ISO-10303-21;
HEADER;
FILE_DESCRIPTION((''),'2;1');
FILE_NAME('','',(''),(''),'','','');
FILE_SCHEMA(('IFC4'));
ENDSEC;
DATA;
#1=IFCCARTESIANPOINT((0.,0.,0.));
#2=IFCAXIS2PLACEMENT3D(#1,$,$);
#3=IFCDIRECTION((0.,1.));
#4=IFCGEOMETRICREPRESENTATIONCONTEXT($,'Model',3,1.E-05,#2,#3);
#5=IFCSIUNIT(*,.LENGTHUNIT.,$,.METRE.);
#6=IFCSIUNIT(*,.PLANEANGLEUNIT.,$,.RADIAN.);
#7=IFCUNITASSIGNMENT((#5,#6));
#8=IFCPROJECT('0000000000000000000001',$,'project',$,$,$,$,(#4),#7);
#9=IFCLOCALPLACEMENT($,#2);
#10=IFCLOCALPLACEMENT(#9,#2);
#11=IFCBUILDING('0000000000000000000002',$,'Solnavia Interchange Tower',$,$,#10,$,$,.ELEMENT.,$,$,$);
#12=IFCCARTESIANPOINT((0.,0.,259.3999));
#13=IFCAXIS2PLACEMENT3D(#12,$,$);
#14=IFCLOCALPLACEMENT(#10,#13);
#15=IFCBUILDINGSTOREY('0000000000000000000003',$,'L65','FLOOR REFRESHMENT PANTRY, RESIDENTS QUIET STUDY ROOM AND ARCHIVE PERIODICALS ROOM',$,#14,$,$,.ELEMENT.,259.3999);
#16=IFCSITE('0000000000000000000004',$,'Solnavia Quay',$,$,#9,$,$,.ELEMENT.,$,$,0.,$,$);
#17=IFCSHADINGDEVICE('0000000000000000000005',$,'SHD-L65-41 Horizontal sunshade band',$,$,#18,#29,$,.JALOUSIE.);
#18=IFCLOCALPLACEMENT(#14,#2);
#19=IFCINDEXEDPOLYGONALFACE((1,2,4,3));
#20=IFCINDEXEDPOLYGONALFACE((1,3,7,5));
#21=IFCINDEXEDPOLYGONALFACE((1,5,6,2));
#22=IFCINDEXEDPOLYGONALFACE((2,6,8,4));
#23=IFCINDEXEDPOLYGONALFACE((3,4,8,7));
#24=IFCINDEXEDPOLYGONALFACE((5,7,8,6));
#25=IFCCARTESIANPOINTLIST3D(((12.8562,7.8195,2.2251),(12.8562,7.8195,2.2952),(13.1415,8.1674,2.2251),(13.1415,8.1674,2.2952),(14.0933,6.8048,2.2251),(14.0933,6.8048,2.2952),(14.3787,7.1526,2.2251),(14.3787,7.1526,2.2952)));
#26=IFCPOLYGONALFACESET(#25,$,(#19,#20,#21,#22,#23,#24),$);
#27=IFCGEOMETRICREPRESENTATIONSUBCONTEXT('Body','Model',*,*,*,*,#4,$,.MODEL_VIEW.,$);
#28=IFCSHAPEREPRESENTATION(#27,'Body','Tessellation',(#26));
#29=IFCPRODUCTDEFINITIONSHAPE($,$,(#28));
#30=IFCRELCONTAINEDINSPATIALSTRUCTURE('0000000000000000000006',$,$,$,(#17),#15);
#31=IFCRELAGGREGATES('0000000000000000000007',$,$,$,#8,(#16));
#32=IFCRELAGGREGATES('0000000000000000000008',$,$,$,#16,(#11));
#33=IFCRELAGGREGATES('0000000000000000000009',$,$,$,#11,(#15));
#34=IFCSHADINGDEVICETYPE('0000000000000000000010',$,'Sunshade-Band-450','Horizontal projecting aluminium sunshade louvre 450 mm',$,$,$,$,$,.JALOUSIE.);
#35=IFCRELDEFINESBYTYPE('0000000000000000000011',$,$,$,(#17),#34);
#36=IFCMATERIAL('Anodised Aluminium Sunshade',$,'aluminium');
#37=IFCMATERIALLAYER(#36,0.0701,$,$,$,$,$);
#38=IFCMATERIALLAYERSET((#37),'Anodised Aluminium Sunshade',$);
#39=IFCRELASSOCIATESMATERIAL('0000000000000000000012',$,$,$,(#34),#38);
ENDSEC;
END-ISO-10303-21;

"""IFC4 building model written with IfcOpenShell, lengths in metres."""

from ifc_helpers import new_model, si_unit, direction, frame, origin, origin_2d, place, context, subcontext, project, spatial, rectangle, extrude, material, layer, layer_set, type_object, element, save


model = new_model("IFC4")

# Units and contexts
model_context = context("Model", 3, precision=1e-05, world=origin(), true_north=direction((0.0, 1.0)))
body_context = subcontext(model_context, "Body", "Model", "MODEL_VIEW")
ifc_project = project(units=[si_unit("LENGTHUNIT", "METRE"), si_unit("PLANEANGLEUNIT", "RADIAN")], contexts=[model_context])

# Site, building, storey
site_placement = place(None, origin())
site = spatial("IfcSite", under=ifc_project, at=site_placement, Name="Solnavia Quay", CompositionType="ELEMENT", RefElevation=0.0)
building_placement = place(site_placement, origin())
building = spatial("IfcBuilding", under=site, at=building_placement, Name="Solnavia Interchange Tower", CompositionType="ELEMENT")
storey_placement = place(building_placement, frame((0.0, 0.0, 259.3999)))
storey = spatial("IfcBuildingStorey", under=building, at=storey_placement, Name="L65", Description="FLOOR REFRESHMENT PANTRY, RESIDENTS QUIET STUDY ROOM AND ARCHIVE PERIODICALS ROOM", CompositionType="ELEMENT", Elevation=259.3999)

# Shading device
ifc_material_1 = material(Name="Anodised Aluminium Sunshade", Category="aluminium")
ifc_layer_1 = layer(ifc_material_1, 0.0701)
ifc_layer_set_1 = layer_set([ifc_layer_1], Name="Anodised Aluminium Sunshade")
shading_device_type = type_object("IfcShadingDeviceType", Name="Sunshade-Band-450", Description="Horizontal projecting aluminium sunshade louvre 450 mm", PredefinedType="JALOUSIE", material=ifc_layer_set_1)
for number, where, z_axis, x_axis, name in (
    (1, (13.6174, 7.4861, 2.2251), (0.0, 0.0, 1.0), (-0.773177, 0.634191, 0.0), "SHD-L65-41 Horizontal sunshade band"),
):
    element("IfcShadingDevice", number, at=place(storey_placement, frame(where, z_axis=z_axis, x_axis=x_axis)), inside=storey, type_object=shading_device_type, Name=name, PredefinedType="JALOUSIE", context=body_context, shape_type="SweptSolid", body=[
        extrude(rectangle(XDim=1.6001, YDim=0.45, at=origin_2d()), origin(), (0.0, 0.0, 1.0), 0.0701),
    ])

save(model, "model.ifc")
